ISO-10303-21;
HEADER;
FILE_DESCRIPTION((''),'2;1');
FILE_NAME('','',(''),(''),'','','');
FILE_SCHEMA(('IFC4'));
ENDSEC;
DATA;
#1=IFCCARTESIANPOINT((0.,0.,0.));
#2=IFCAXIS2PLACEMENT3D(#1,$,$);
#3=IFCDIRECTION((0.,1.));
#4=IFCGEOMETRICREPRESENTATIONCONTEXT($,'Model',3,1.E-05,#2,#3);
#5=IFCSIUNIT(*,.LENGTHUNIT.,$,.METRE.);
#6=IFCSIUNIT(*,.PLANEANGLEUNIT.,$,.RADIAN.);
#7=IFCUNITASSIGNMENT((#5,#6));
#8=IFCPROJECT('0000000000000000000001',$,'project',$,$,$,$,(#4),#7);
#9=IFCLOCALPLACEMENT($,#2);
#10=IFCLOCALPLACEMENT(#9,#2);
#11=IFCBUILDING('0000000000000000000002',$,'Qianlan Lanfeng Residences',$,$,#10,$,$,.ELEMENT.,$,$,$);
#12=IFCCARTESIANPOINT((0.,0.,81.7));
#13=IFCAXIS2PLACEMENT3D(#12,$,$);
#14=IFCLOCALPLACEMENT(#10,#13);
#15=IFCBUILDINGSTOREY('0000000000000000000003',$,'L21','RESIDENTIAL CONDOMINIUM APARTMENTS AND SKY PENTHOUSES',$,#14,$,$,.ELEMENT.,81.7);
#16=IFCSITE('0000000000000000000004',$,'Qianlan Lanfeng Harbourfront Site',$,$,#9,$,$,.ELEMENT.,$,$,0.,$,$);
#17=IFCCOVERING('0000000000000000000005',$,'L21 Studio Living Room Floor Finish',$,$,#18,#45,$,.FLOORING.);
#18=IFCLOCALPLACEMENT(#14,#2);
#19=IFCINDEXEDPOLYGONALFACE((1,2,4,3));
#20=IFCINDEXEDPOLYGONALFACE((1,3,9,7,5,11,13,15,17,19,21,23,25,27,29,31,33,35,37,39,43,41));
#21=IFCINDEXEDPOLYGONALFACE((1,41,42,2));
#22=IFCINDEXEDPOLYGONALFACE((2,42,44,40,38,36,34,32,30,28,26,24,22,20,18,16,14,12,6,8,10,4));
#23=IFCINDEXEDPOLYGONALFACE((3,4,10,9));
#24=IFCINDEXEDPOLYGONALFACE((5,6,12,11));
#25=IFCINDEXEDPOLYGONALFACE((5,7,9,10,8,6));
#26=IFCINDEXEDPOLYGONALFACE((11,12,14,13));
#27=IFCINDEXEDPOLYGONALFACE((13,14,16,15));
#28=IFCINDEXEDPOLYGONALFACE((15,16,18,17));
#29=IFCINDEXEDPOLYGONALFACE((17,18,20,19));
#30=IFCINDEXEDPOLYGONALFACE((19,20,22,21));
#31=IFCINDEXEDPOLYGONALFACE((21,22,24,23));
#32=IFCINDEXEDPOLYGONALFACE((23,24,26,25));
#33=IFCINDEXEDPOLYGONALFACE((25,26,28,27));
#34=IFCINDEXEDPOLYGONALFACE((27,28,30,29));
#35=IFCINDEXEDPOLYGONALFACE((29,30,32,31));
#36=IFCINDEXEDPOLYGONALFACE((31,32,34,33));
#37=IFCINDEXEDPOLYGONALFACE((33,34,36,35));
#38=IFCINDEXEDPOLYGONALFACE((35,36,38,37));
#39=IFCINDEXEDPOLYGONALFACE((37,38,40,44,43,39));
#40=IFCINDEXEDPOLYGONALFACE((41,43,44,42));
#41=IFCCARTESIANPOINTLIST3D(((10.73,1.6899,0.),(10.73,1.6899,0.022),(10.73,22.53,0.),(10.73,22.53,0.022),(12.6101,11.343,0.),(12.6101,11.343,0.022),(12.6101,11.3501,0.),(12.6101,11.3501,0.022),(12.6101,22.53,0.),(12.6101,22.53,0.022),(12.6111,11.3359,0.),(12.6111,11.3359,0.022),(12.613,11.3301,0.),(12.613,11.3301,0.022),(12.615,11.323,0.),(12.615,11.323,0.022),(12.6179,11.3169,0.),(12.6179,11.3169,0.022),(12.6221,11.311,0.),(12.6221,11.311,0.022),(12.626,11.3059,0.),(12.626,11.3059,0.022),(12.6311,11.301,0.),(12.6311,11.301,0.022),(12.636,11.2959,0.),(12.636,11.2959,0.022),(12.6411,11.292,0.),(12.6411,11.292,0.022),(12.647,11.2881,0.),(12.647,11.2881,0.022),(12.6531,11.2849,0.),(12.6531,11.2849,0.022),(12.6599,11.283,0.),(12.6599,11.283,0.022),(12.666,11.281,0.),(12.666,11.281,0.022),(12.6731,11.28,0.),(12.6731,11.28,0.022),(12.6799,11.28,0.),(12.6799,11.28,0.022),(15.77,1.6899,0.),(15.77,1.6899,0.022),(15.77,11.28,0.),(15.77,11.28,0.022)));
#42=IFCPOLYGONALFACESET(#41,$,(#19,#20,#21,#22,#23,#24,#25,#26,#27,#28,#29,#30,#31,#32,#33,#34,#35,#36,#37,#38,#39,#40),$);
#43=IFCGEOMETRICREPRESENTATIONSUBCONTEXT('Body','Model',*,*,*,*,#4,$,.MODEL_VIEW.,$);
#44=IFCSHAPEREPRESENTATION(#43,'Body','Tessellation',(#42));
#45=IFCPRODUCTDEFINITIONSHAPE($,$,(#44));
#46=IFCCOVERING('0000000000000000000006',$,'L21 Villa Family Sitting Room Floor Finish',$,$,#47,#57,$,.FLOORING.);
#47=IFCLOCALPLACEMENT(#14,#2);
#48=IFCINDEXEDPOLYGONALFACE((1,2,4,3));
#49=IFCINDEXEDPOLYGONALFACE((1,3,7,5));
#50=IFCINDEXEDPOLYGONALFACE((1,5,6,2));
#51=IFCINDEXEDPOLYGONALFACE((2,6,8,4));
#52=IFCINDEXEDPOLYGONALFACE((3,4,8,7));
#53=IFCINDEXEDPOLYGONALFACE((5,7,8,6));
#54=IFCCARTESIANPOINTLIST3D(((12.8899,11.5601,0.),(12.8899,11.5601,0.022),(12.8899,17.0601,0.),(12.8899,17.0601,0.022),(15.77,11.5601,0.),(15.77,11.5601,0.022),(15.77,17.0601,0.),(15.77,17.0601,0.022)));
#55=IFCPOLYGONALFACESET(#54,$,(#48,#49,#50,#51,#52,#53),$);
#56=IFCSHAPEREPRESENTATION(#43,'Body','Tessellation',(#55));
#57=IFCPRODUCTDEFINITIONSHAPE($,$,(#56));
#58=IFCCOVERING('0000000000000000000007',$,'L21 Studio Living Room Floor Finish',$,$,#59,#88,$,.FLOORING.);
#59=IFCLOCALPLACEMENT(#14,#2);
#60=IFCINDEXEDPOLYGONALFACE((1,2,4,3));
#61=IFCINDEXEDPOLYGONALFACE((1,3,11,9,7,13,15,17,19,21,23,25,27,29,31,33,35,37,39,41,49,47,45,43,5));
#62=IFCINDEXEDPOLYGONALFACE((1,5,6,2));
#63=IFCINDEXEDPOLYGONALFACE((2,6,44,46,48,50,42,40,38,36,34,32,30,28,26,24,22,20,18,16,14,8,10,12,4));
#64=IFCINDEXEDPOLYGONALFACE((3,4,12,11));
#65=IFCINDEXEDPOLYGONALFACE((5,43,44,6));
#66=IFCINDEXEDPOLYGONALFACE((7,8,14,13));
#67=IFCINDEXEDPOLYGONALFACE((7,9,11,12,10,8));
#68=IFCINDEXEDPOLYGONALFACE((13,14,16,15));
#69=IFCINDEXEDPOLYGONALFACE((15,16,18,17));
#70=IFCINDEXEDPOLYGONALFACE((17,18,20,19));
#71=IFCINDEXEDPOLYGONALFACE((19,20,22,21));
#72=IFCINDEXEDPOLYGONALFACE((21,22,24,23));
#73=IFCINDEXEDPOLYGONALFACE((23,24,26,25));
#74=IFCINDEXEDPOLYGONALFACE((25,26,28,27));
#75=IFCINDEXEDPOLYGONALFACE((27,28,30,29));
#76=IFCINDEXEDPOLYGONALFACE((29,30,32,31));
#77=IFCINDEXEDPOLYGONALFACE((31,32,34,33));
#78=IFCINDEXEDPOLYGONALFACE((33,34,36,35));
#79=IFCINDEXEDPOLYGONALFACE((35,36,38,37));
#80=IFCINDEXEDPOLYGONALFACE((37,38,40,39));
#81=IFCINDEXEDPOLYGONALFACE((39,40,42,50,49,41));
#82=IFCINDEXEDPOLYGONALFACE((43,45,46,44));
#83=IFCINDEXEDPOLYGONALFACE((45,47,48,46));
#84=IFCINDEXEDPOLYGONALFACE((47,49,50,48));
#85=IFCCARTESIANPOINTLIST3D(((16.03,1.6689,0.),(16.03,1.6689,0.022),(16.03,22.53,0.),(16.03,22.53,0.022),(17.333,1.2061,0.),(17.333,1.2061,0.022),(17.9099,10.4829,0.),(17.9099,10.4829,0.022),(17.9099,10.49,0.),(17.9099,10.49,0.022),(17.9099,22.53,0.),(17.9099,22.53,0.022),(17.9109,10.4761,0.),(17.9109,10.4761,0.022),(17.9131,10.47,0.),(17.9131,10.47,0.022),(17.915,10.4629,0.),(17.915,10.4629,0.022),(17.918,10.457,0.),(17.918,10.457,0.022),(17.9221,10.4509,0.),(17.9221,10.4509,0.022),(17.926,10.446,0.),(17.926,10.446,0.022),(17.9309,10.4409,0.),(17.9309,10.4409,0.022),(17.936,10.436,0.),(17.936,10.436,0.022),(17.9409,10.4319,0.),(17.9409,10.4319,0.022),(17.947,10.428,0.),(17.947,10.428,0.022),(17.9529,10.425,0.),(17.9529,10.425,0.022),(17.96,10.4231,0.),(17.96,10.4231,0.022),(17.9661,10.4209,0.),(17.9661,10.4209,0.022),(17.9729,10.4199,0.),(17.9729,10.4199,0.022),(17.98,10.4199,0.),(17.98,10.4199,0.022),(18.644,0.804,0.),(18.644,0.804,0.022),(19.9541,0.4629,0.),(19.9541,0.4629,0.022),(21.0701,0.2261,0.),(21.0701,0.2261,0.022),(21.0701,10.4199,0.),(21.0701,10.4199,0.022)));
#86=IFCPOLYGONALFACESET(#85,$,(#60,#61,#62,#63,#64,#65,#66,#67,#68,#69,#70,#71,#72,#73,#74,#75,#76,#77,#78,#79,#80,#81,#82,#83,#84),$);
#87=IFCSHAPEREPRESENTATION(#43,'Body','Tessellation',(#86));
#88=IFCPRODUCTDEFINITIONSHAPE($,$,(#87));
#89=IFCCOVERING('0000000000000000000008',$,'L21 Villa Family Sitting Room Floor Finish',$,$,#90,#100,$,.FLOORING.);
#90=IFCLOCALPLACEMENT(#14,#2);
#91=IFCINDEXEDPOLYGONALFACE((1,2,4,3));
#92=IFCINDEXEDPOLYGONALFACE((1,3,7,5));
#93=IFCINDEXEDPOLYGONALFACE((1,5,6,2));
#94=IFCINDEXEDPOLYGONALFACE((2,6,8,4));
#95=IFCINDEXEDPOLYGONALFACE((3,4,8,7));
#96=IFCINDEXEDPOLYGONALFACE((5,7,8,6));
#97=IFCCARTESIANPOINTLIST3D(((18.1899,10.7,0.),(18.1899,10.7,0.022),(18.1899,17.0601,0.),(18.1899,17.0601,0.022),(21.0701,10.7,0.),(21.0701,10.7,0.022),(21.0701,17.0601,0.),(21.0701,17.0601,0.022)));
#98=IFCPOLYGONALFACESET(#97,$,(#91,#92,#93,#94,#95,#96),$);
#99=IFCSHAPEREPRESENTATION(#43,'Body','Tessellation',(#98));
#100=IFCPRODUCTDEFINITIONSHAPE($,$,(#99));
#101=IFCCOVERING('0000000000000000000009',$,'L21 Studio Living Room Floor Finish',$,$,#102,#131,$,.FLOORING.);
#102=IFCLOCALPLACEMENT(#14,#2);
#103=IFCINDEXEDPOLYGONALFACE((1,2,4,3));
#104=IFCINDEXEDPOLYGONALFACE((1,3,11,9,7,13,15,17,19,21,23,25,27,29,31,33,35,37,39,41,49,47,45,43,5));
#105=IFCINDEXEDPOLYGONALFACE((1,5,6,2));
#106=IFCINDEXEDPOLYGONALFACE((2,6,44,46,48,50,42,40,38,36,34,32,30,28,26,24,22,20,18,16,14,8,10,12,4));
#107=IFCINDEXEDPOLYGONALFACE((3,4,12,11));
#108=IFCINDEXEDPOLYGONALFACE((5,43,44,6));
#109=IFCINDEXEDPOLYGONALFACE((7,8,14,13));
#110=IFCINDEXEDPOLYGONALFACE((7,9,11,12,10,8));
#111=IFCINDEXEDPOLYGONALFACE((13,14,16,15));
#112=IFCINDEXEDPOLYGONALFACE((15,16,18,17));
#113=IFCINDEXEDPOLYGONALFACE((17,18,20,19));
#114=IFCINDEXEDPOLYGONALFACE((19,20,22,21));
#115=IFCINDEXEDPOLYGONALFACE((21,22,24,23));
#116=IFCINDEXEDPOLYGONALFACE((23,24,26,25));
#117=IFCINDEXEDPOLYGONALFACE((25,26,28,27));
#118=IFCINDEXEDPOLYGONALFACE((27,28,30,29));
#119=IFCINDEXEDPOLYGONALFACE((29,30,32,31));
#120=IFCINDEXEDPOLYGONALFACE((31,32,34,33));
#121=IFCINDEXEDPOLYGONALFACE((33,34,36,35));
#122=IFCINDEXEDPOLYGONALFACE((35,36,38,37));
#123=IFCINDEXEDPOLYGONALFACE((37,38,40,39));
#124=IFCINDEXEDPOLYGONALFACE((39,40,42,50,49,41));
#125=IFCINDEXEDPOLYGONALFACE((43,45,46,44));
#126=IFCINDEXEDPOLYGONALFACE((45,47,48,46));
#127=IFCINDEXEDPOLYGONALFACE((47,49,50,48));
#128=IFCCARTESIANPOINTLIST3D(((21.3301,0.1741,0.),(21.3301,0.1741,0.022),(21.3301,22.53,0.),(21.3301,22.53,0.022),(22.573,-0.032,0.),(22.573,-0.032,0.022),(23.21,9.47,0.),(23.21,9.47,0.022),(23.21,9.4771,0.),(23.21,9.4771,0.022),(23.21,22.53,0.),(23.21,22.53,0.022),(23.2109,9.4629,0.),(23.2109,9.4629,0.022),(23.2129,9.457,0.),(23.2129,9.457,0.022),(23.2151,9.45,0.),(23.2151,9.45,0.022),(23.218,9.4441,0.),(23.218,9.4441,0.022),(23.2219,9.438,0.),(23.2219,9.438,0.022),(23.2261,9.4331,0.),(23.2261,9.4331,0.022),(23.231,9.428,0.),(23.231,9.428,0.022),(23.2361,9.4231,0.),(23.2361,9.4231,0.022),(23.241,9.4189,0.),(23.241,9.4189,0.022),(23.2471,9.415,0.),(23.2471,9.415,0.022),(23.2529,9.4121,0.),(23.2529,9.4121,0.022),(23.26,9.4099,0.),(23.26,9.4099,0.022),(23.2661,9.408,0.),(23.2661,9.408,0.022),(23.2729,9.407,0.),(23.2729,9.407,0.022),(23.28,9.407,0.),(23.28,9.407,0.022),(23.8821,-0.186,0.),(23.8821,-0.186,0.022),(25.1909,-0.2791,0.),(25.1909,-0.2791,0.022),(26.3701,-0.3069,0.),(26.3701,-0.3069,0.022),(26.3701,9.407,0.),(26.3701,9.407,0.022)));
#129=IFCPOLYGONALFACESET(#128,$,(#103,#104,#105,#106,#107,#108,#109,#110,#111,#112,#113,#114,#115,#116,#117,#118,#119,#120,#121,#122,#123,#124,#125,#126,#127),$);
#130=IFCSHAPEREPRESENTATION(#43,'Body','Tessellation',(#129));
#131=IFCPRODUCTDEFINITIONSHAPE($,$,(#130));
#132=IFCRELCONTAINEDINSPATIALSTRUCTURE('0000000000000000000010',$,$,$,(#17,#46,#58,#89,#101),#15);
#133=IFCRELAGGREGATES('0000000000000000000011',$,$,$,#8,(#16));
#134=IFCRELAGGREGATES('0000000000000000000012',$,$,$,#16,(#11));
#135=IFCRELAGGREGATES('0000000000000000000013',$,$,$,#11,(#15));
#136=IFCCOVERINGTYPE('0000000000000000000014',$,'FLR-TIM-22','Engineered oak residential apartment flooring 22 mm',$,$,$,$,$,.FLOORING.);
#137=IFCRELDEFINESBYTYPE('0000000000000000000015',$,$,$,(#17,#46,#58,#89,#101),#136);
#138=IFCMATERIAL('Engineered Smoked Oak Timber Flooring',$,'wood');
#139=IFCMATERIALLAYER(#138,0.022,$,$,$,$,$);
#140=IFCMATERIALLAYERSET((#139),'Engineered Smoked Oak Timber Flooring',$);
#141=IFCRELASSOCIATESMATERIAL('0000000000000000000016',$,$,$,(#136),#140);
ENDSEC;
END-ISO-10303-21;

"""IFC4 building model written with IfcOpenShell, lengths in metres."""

from ifc_helpers import new_model, si_unit, direction, frame, origin, place, context, subcontext, project, spatial, polyline, outline, extrude, material, layer, layer_set, type_object, element, save


model = new_model("IFC4")

# Units and contexts
model_context = context("Model", 3, precision=1e-05, world=origin(), true_north=direction((0.0, 1.0)))
body_context = subcontext(model_context, "Body", "Model", "MODEL_VIEW")
ifc_project = project(units=[si_unit("LENGTHUNIT", "METRE"), si_unit("PLANEANGLEUNIT", "RADIAN")], contexts=[model_context])

# Site, building, storey
site_placement = place(None, origin())
site = spatial("IfcSite", under=ifc_project, at=site_placement, Name="Qianlan Lanfeng Harbourfront Site", CompositionType="ELEMENT", RefElevation=0.0)
building_placement = place(site_placement, origin())
building = spatial("IfcBuilding", under=site, at=building_placement, Name="Qianlan Lanfeng Residences", CompositionType="ELEMENT")
storey_placement = place(building_placement, frame((0.0, 0.0, 81.7)))
storey = spatial("IfcBuildingStorey", under=building, at=storey_placement, Name="L21", Description="RESIDENTIAL CONDOMINIUM APARTMENTS AND SKY PENTHOUSES", CompositionType="ELEMENT", Elevation=81.7)

# Coverings
ifc_material_1 = material(Name="Engineered Smoked Oak Timber Flooring", Category="wood")
ifc_layer_1 = layer(ifc_material_1, 0.022)
ifc_layer_set_1 = layer_set([ifc_layer_1], Name="Engineered Smoked Oak Timber Flooring")
covering_type_1 = type_object("IfcCoveringType", Name="FLR-TIM-22", Description="Engineered oak residential apartment flooring 22 mm", PredefinedType="FLOORING", material=ifc_layer_set_1)
covering_1_placement = place(storey_placement, origin())
element("IfcCovering", 1, at=covering_1_placement, inside=storey, type_object=covering_type_1, Name="L21 Studio Living Room Floor Finish", PredefinedType="FLOORING", context=body_context, shape_type="SweptSolid", body=[
    extrude(outline(polyline([(15.77, 1.6899), (15.77, 11.28), (12.6799, 11.28), (12.6731, 11.28), (12.666, 11.281), (12.6599, 11.283), (12.6531, 11.2849), (12.647, 11.2881), (12.6411, 11.292), (12.636, 11.2959), (12.6311, 11.301), (12.626, 11.3059), (12.6221, 11.311), (12.6179, 11.3169), (12.615, 11.323), (12.613, 11.3301), (12.6111, 11.3359), (12.6101, 11.343), (12.6101, 11.3501), (12.6101, 22.53), (10.73, 22.53), (10.73, 1.6899), (15.77, 1.6899)])), origin(), (0.0, 0.0, 1.0), 0.022),
])
covering_2_placement = place(storey_placement, origin())
element("IfcCovering", 2, at=covering_2_placement, inside=storey, type_object=covering_type_1, Name="L21 Villa Family Sitting Room Floor Finish", PredefinedType="FLOORING", context=body_context, shape_type="SweptSolid", body=[
    extrude(outline(polyline([(12.8899, 17.0601), (12.8899, 11.5601), (15.77, 11.5601), (15.77, 17.0601), (12.8899, 17.0601)])), origin(), (0.0, 0.0, 1.0), 0.022),
])
covering_3_placement = place(storey_placement, origin())
element("IfcCovering", 3, at=covering_3_placement, inside=storey, type_object=covering_type_1, Name="L21 Studio Living Room Floor Finish", PredefinedType="FLOORING", context=body_context, shape_type="SweptSolid", body=[
    extrude(outline(polyline([(21.0701, 0.2261), (21.0701, 10.4199), (17.98, 10.4199), (17.9729, 10.4199), (17.9661, 10.4209), (17.96, 10.4231), (17.9529, 10.425), (17.947, 10.428), (17.9409, 10.4319), (17.936, 10.436), (17.9309, 10.4409), (17.926, 10.446), (17.9221, 10.4509), (17.918, 10.457), (17.915, 10.4629), (17.9131, 10.47), (17.9109, 10.4761), (17.9099, 10.4829), (17.9099, 10.49), (17.9099, 22.53), (16.03, 22.53), (16.03, 1.6689), (17.333, 1.2061), (18.644, 0.804), (19.9541, 0.4629), (21.0701, 0.2261)])), origin(), (0.0, 0.0, 1.0), 0.022),
])
covering_4_placement = place(storey_placement, origin())
element("IfcCovering", 4, at=covering_4_placement, inside=storey, type_object=covering_type_1, Name="L21 Villa Family Sitting Room Floor Finish", PredefinedType="FLOORING", context=body_context, shape_type="SweptSolid", body=[
    extrude(outline(polyline([(18.1899, 17.0601), (18.1899, 10.7), (21.0701, 10.7), (21.0701, 17.0601), (18.1899, 17.0601)])), origin(), (0.0, 0.0, 1.0), 0.022),
])
covering_5_placement = place(storey_placement, origin())
element("IfcCovering", 5, at=covering_5_placement, inside=storey, type_object=covering_type_1, Name="L21 Studio Living Room Floor Finish", PredefinedType="FLOORING", context=body_context, shape_type="SweptSolid", body=[
    extrude(outline(polyline([(26.3701, -0.3069), (26.3701, 9.407), (23.28, 9.407), (23.2729, 9.407), (23.2661, 9.408), (23.26, 9.4099), (23.2529, 9.4121), (23.2471, 9.415), (23.241, 9.4189), (23.2361, 9.4231), (23.231, 9.428), (23.2261, 9.4331), (23.2219, 9.438), (23.218, 9.4441), (23.2151, 9.45), (23.2129, 9.457), (23.2109, 9.4629), (23.21, 9.47), (23.21, 9.4771), (23.21, 22.53), (21.3301, 22.53), (21.3301, 0.1741), (22.573, -0.032), (23.8821, -0.186), (25.1909, -0.2791), (26.3701, -0.3069)])), origin(), (0.0, 0.0, 1.0), 0.022),
])

save(model, "model.ifc")
